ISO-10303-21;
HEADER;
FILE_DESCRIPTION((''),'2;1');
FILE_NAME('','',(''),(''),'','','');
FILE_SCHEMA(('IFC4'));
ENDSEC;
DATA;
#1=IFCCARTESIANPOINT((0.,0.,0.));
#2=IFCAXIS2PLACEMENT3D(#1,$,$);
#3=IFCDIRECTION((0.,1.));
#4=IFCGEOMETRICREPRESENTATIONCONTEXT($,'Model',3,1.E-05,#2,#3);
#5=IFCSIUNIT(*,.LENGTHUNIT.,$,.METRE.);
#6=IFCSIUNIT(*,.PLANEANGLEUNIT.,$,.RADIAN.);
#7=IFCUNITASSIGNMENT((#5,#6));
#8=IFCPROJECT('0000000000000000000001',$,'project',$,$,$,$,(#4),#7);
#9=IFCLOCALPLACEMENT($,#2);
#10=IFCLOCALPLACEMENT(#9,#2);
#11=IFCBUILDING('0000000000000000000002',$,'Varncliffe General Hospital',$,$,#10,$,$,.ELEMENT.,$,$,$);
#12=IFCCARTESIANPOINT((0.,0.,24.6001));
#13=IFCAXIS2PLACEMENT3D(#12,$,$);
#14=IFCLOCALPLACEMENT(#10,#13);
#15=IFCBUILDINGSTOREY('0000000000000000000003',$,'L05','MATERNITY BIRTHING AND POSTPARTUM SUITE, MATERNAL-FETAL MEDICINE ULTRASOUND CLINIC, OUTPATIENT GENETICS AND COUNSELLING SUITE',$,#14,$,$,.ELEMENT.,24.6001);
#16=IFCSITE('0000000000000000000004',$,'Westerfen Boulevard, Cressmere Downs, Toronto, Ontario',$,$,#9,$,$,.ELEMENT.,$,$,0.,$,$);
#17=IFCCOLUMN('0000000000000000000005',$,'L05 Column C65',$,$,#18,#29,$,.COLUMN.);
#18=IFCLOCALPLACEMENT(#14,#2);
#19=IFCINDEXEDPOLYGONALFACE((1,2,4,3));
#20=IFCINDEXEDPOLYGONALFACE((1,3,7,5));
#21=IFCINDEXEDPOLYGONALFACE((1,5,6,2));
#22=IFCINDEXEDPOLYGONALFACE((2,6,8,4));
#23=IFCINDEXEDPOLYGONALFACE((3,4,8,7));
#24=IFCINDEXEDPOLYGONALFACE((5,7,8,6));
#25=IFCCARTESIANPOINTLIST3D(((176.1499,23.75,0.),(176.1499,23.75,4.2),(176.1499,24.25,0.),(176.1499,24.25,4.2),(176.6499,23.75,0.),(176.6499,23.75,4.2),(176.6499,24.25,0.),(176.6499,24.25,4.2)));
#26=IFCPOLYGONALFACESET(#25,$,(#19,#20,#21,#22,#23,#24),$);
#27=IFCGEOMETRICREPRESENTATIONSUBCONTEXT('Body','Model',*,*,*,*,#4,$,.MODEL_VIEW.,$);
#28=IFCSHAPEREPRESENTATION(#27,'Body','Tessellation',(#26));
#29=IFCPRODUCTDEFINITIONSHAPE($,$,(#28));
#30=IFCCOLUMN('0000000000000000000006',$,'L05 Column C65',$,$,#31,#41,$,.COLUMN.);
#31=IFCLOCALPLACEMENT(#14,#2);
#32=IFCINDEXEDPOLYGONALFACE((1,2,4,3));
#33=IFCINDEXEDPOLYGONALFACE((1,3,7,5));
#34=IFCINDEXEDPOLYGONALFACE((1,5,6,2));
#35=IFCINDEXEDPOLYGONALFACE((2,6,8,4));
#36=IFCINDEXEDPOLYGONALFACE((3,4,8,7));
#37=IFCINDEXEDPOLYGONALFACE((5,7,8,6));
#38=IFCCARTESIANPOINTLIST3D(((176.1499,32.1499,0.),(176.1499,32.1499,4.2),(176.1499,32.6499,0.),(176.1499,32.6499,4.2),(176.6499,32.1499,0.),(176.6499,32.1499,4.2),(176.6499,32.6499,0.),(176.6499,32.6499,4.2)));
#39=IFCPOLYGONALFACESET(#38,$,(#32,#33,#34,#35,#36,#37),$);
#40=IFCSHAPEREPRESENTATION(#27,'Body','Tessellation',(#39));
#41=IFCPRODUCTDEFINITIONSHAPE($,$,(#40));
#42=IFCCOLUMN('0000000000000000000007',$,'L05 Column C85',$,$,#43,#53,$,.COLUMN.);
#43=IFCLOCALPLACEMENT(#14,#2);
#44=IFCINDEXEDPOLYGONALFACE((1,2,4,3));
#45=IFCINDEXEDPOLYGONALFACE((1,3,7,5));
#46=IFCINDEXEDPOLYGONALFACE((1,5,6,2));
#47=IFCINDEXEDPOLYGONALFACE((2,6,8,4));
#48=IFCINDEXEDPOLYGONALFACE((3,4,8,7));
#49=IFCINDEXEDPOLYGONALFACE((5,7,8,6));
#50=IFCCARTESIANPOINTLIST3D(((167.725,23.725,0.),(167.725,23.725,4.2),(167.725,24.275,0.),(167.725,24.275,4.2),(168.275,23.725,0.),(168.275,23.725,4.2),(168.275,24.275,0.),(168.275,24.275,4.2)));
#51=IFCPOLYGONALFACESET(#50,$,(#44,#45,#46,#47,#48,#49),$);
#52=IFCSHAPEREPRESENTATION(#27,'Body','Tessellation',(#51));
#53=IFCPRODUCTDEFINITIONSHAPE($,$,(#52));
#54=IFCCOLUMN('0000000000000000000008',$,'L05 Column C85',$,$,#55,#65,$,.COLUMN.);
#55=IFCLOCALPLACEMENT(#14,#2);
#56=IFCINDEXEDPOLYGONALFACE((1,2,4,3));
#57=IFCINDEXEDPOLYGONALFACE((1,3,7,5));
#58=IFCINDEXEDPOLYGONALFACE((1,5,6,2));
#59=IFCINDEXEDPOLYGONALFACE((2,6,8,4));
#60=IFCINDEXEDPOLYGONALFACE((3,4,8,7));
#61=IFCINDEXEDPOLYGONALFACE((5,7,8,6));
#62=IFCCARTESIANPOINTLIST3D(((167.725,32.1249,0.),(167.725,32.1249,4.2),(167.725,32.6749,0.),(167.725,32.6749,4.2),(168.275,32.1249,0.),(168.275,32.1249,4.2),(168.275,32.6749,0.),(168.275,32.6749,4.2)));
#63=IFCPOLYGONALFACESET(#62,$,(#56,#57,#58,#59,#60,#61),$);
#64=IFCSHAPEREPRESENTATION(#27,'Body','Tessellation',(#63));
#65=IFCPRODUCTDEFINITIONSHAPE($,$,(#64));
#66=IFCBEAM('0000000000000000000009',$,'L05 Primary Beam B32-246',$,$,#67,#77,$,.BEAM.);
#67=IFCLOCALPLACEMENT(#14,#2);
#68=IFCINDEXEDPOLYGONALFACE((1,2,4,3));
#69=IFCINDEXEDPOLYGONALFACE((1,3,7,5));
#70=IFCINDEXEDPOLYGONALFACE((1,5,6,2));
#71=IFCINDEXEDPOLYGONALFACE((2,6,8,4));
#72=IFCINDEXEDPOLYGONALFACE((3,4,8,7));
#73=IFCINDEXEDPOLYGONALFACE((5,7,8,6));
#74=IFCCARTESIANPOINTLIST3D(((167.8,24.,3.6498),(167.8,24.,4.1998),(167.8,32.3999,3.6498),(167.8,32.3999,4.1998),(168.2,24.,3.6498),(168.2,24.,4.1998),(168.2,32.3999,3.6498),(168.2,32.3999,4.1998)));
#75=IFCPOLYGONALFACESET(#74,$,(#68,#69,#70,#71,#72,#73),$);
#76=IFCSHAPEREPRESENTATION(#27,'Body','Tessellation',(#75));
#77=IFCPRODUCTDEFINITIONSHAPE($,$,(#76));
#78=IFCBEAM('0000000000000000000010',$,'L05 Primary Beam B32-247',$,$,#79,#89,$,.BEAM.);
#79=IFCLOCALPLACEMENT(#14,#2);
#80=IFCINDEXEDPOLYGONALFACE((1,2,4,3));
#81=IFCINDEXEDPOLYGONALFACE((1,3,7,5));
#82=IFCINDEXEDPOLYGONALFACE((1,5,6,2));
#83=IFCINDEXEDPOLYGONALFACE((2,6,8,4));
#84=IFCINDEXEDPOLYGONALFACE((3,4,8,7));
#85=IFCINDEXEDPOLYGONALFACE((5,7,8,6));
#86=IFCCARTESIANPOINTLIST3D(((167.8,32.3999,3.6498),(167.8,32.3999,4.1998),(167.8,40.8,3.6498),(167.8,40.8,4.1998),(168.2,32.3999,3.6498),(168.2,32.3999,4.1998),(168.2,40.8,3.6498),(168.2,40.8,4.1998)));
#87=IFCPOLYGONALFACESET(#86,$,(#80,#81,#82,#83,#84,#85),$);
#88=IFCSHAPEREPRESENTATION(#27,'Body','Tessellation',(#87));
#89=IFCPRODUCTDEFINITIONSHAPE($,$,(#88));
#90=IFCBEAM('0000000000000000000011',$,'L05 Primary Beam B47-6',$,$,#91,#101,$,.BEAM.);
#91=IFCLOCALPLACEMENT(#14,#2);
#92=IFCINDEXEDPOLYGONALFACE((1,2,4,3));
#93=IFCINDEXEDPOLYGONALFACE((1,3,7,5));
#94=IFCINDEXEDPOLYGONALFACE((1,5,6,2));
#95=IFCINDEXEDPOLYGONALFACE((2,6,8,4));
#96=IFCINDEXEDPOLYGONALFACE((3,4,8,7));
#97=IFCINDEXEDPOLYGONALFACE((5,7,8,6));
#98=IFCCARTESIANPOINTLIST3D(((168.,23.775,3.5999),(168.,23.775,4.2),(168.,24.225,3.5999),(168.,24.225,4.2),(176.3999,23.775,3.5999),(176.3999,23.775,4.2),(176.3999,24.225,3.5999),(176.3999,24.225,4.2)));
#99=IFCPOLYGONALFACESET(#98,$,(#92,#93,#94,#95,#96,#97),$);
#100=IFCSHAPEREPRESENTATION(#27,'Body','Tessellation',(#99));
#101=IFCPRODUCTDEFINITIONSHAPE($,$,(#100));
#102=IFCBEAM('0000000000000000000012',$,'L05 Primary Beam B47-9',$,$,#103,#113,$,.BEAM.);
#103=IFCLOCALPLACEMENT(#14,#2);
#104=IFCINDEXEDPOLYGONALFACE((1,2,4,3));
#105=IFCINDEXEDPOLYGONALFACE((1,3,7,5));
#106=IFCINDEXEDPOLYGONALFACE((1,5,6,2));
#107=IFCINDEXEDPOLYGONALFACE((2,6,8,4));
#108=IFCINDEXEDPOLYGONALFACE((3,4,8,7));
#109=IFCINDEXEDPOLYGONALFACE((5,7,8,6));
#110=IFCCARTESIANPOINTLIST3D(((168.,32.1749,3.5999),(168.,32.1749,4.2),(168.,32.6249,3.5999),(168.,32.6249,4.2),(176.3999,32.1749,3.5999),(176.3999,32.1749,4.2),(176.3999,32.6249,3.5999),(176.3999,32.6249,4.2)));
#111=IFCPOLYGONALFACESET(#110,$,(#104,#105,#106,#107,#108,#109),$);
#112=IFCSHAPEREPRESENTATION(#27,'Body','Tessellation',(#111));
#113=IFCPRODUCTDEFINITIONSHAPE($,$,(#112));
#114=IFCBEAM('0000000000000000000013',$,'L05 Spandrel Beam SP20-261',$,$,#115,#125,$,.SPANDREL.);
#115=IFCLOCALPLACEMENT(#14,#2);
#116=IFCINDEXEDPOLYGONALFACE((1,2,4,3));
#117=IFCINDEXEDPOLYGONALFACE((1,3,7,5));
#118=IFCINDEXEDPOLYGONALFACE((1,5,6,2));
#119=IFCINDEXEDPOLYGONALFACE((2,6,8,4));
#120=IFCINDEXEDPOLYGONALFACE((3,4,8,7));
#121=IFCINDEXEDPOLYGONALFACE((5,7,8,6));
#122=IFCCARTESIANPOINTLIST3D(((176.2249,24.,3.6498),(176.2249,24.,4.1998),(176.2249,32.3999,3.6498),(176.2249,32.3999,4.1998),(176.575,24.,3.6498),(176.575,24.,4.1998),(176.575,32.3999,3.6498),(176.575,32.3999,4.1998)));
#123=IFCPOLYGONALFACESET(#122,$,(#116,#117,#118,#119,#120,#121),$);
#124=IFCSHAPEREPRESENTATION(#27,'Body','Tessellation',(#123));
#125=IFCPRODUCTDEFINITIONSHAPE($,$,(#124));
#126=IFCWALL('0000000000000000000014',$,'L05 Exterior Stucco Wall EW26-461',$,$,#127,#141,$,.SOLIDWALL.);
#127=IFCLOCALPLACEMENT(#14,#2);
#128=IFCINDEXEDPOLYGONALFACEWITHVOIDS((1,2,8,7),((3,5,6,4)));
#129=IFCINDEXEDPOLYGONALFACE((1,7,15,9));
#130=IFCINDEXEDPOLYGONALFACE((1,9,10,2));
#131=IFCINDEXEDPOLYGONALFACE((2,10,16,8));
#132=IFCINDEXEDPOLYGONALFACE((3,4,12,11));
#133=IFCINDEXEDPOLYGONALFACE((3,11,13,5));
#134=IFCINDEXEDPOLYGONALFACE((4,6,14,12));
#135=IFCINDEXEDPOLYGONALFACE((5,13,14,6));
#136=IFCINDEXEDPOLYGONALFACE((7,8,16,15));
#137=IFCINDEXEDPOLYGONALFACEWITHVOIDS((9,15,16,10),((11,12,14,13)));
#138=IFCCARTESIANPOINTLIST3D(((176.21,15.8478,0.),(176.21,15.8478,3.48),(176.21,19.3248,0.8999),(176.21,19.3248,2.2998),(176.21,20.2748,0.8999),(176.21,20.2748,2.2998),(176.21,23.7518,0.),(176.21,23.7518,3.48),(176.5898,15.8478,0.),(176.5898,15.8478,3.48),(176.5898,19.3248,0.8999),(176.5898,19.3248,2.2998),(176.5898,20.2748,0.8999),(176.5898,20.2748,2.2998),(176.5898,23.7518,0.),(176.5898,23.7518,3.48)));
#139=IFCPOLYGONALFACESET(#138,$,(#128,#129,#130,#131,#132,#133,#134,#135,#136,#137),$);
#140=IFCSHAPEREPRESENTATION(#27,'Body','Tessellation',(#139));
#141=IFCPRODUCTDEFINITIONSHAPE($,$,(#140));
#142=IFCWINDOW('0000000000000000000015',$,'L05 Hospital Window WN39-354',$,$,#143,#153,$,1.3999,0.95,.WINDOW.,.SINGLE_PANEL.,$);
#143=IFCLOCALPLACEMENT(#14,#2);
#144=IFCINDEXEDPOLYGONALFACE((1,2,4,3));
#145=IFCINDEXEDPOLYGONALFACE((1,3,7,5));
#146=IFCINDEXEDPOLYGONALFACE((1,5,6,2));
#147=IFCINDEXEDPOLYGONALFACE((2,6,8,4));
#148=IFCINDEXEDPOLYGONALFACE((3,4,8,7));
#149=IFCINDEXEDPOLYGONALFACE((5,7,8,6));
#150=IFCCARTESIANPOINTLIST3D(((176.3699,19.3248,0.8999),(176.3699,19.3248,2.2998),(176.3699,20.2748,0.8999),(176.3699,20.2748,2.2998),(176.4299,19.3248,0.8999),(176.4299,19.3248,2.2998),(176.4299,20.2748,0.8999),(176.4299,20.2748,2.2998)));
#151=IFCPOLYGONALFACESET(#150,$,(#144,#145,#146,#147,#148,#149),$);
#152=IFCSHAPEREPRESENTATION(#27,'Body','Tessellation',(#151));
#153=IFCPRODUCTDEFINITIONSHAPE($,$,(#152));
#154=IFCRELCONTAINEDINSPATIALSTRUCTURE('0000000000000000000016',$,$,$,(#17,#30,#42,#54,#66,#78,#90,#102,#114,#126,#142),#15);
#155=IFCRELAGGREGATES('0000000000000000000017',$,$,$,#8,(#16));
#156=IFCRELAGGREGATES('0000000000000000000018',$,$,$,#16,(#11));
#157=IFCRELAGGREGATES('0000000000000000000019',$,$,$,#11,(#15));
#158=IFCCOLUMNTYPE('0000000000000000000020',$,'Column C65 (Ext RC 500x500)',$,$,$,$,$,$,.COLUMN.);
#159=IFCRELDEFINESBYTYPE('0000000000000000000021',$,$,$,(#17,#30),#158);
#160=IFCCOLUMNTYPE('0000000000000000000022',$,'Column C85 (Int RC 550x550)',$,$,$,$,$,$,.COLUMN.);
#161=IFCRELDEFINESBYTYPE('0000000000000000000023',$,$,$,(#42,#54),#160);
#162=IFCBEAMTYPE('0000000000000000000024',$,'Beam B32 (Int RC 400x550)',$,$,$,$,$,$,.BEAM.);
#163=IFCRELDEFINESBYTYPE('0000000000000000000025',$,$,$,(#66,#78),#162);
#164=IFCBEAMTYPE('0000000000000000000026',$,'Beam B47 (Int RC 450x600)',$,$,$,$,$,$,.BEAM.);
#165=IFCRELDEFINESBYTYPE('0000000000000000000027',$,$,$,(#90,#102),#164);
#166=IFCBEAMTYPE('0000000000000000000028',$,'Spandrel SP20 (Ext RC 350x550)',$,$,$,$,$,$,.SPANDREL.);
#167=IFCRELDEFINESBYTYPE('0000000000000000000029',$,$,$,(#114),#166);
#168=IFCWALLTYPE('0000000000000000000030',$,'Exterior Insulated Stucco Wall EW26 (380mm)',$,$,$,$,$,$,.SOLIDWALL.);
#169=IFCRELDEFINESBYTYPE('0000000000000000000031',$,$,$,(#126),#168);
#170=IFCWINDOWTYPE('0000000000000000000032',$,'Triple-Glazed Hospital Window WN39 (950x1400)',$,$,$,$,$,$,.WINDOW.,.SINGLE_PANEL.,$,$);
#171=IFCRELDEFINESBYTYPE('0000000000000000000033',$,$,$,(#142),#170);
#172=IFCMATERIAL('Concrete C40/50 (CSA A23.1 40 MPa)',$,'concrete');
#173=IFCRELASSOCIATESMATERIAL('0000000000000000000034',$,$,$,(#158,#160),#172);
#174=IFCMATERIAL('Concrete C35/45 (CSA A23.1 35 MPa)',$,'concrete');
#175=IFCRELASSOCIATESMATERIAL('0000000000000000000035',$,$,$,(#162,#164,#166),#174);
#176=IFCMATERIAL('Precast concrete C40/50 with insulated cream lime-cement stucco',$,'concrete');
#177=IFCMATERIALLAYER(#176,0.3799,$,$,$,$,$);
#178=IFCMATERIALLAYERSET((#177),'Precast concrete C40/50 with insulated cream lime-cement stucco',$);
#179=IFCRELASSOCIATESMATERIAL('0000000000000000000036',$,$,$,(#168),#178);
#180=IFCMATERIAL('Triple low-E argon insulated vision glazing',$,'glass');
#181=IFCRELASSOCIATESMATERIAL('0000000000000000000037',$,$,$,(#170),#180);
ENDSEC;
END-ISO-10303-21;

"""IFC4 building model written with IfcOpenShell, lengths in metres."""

from ifc_helpers import new_model, si_unit, direction, frame, frame_2d, origin, origin_2d, place, context, subcontext, project, spatial, rectangle, extrude, material, layer, layer_set, material_profile, profile_set, type_object, element, fill, save


model = new_model("IFC4")

# Units and contexts
model_context = context("Model", 3, precision=1e-05, world=origin(), true_north=direction((0.0, 1.0)))
body_context = subcontext(model_context, "Body", "Model", "MODEL_VIEW")
ifc_project = project(units=[si_unit("LENGTHUNIT", "METRE"), si_unit("PLANEANGLEUNIT", "RADIAN")], contexts=[model_context])

# Site, building, storey
site_placement = place(None, origin())
site = spatial("IfcSite", under=ifc_project, at=site_placement, Name="Westerfen Boulevard, Cressmere Downs, Toronto, Ontario", CompositionType="ELEMENT", RefElevation=0.0)
building_placement = place(site_placement, origin())
building = spatial("IfcBuilding", under=site, at=building_placement, Name="Varncliffe General Hospital", CompositionType="ELEMENT")
storey_placement = place(building_placement, frame((0.0, 0.0, 24.6001)))
storey = spatial("IfcBuildingStorey", under=building, at=storey_placement, Name="L05", Description="MATERNITY BIRTHING AND POSTPARTUM SUITE, MATERNAL-FETAL MEDICINE ULTRASOUND CLINIC, OUTPATIENT GENETICS AND COUNSELLING SUITE", CompositionType="ELEMENT", Elevation=24.6001)

# Columns
ifc_material_1 = material(Name="Concrete C40/50 (CSA A23.1 40 MPa)", Category="concrete")
ifc_material_profile_1 = material_profile(ifc_material_1, rectangle(XDim=0.5, YDim=0.5, at=origin_2d()), Name="RC 500x500")
ifc_profile_set_1 = profile_set([ifc_material_profile_1], Name="Concrete C40/50 (CSA A23.1 40 MPa)")
column_type_1 = type_object("IfcColumnType", Name="Column C65 (Ext RC 500x500)", PredefinedType="COLUMN", material=ifc_profile_set_1)
for number, where, z_axis, x_axis, name in (
    (1, (176.3999, 24.0, 0.0), (0.0, 0.0, 1.0), (1.0, 0.0, 0.0), "L05 Column C65"),
    (2, (176.3999, 32.3999, 0.0), (0.0, 0.0, 1.0), (1.0, 0.0, 0.0), "L05 Column C65"),
):
    element("IfcColumn", number, at=place(storey_placement, frame(where, z_axis=z_axis, x_axis=x_axis)), inside=storey, type_object=column_type_1, Name=name, PredefinedType="COLUMN", context=body_context, shape_type="SweptSolid", body=[
        extrude(rectangle(XDim=0.5, YDim=0.5, at=origin_2d()), origin(), (0.0, 0.0, 1.0), 4.2),
    ])
ifc_material_profile_2 = material_profile(ifc_material_1, rectangle(XDim=0.55, YDim=0.55, at=origin_2d()), Name="RC 550x550")
ifc_profile_set_2 = profile_set([ifc_material_profile_2], Name="Concrete C40/50 (CSA A23.1 40 MPa)")
column_type_2 = type_object("IfcColumnType", Name="Column C85 (Int RC 550x550)", PredefinedType="COLUMN", material=ifc_profile_set_2)
for number, where, z_axis, x_axis, name in (
    (3, (168.0, 24.0, 0.0), (0.0, 0.0, 1.0), (1.0, 0.0, 0.0), "L05 Column C85"),
    (4, (168.0, 32.3999, 0.0), (0.0, 0.0, 1.0), (1.0, 0.0, 0.0), "L05 Column C85"),
):
    element("IfcColumn", number, at=place(storey_placement, frame(where, z_axis=z_axis, x_axis=x_axis)), inside=storey, type_object=column_type_2, Name=name, PredefinedType="COLUMN", context=body_context, shape_type="SweptSolid", body=[
        extrude(rectangle(XDim=0.55, YDim=0.55, at=origin_2d()), origin(), (0.0, 0.0, 1.0), 4.2),
    ])

# Beams
ifc_material_2 = material(Name="Concrete C35/45 (CSA A23.1 35 MPa)", Category="concrete")
ifc_material_profile_3 = material_profile(ifc_material_2, rectangle(XDim=0.3999, YDim=0.55, at=origin_2d()), Name="RC 400x550")
ifc_profile_set_3 = profile_set([ifc_material_profile_3], Name="Concrete C35/45 (CSA A23.1 35 MPa)")
beam_type_1 = type_object("IfcBeamType", Name="Beam B32 (Int RC 400x550)", PredefinedType="BEAM", material=ifc_profile_set_3)
beam_1_placement = place(storey_placement, frame((168.0, 24.0, 3.9248), z_axis=(0.0, 1.0, 0.0), x_axis=(-1.0, 0.0, 0.0)))
element("IfcBeam", 5, at=beam_1_placement, inside=storey, type_object=beam_type_1, Name="L05 Primary Beam B32-246", PredefinedType="BEAM", context=body_context, shape_type="SweptSolid", body=[
    extrude(rectangle(XDim=0.3999, YDim=0.55, at=origin_2d()), origin(), (0.0, 0.0, 1.0), 8.3999),
])
beam_2_placement = place(storey_placement, frame((168.0, 32.3999, 3.9248), z_axis=(0.0, 1.0, 0.0), x_axis=(-1.0, 0.0, 0.0)))
element("IfcBeam", 6, at=beam_2_placement, inside=storey, type_object=beam_type_1, Name="L05 Primary Beam B32-247", PredefinedType="BEAM", context=body_context, shape_type="SweptSolid", body=[
    extrude(rectangle(XDim=0.3999, YDim=0.55, at=origin_2d()), origin(), (0.0, 0.0, 1.0), 8.4001),
])
ifc_material_profile_4 = material_profile(ifc_material_2, rectangle(XDim=0.45, YDim=0.6001, at=origin_2d()), Name="RC 450x600")
ifc_profile_set_4 = profile_set([ifc_material_profile_4], Name="Concrete C35/45 (CSA A23.1 35 MPa)")
beam_type_2 = type_object("IfcBeamType", Name="Beam B47 (Int RC 450x600)", PredefinedType="BEAM", material=ifc_profile_set_4)
for number, where, z_axis, x_axis, name in (
    (7, (168.0, 24.0, 3.8999), (1.0, 0.0, 0.0), (0.0, 1.0, 0.0), "L05 Primary Beam B47-6"),
    (8, (168.0, 32.3999, 3.8999), (1.0, 0.0, 0.0), (0.0, 1.0, 0.0), "L05 Primary Beam B47-9"),
):
    element("IfcBeam", number, at=place(storey_placement, frame(where, z_axis=z_axis, x_axis=x_axis)), inside=storey, type_object=beam_type_2, Name=name, PredefinedType="BEAM", context=body_context, shape_type="SweptSolid", body=[
        extrude(rectangle(XDim=0.45, YDim=0.6001, at=origin_2d()), origin(), (0.0, 0.0, 1.0), 8.3999),
    ])
ifc_material_profile_5 = material_profile(ifc_material_2, rectangle(XDim=0.3501, YDim=0.55, at=origin_2d()), Name="RC 350x550")
ifc_profile_set_5 = profile_set([ifc_material_profile_5], Name="Concrete C35/45 (CSA A23.1 35 MPa)")
beam_type_3 = type_object("IfcBeamType", Name="Spandrel SP20 (Ext RC 350x550)", PredefinedType="SPANDREL", material=ifc_profile_set_5)
beam_3_placement = place(storey_placement, frame((176.3999, 24.0, 3.9248), z_axis=(0.0, 1.0, 0.0), x_axis=(-1.0, 0.0, 0.0)))
element("IfcBeam", 9, at=beam_3_placement, inside=storey, type_object=beam_type_3, Name="L05 Spandrel Beam SP20-261", PredefinedType="SPANDREL", context=body_context, shape_type="SweptSolid", body=[
    extrude(rectangle(XDim=0.3501, YDim=0.55, at=origin_2d()), origin(), (0.0, 0.0, 1.0), 8.3999),
])

# Wall, opening, window
ifc_material_3 = material(Name="Precast concrete C40/50 with insulated cream lime-cement stucco", Category="concrete")
ifc_layer_1 = layer(ifc_material_3, 0.3799)
ifc_layer_set_1 = layer_set([ifc_layer_1], Name="Precast concrete C40/50 with insulated cream lime-cement stucco")
wall_type_1 = type_object("IfcWallType", Name="Exterior Insulated Stucco Wall EW26 (380mm)", PredefinedType="SOLIDWALL", material=ifc_layer_set_1)
wall_1_placement = place(storey_placement, frame((176.3999, 23.752, 0.0), z_axis=(0.0, 0.0, 1.0), x_axis=(0.0, -1.0, 0.0)))
wall_1 = element("IfcWall", 10, at=wall_1_placement, inside=storey, type_object=wall_type_1, Name="L05 Exterior Stucco Wall EW26-461", PredefinedType="SOLIDWALL", context=body_context, shape_type="SweptSolid", body=[
    extrude(rectangle(XDim=7.9041, YDim=0.3799, at=frame_2d((3.9521, 0.0))), origin(), (0.0, 0.0, 1.0), 3.48),
])
opening_1_placement = place(wall_1_placement, frame((3.4771, 0.0, 0.8999)))
opening_1 = element("IfcOpeningElement", 11, at=opening_1_placement, cuts=wall_1, PredefinedType="OPENING", context=body_context, shape_type="SweptSolid", body=[
    extrude(rectangle(XDim=0.95, YDim=1.3999, at=frame_2d((0.4751, 0.7))), frame((0.0, 0.2, 0.0), z_axis=(0.0, -1.0, 0.0), x_axis=(1.0, 0.0, 0.0)), (0.0, 0.0, 1.0), 0.3999),
])
ifc_material_4 = material(Name="Triple low-E argon insulated vision glazing", Category="glass")
window_type_1 = type_object("IfcWindowType", Name="Triple-Glazed Hospital Window WN39 (950x1400)", PartitioningType="SINGLE_PANEL", PredefinedType="WINDOW", material=ifc_material_4)
window_1_placement = place(opening_1_placement, origin())
window_1 = element("IfcWindow", 12, at=window_1_placement, inside=storey, type_object=window_type_1, Name="L05 Hospital Window WN39-354", OverallHeight=1.3999, OverallWidth=0.95, PartitioningType="SINGLE_PANEL", PredefinedType="WINDOW", context=body_context, shape_type="SweptSolid", body=[
    extrude(rectangle(XDim=0.95, YDim=1.3999, at=frame_2d((0.4751, 0.7))), frame((0.0, 0.03, 0.0), z_axis=(0.0, -1.0, 0.0), x_axis=(1.0, 0.0, 0.0)), (0.0, 0.0, 1.0), 0.0601),
])
fill(opening_1, window_1)

save(model, "model.ifc")
